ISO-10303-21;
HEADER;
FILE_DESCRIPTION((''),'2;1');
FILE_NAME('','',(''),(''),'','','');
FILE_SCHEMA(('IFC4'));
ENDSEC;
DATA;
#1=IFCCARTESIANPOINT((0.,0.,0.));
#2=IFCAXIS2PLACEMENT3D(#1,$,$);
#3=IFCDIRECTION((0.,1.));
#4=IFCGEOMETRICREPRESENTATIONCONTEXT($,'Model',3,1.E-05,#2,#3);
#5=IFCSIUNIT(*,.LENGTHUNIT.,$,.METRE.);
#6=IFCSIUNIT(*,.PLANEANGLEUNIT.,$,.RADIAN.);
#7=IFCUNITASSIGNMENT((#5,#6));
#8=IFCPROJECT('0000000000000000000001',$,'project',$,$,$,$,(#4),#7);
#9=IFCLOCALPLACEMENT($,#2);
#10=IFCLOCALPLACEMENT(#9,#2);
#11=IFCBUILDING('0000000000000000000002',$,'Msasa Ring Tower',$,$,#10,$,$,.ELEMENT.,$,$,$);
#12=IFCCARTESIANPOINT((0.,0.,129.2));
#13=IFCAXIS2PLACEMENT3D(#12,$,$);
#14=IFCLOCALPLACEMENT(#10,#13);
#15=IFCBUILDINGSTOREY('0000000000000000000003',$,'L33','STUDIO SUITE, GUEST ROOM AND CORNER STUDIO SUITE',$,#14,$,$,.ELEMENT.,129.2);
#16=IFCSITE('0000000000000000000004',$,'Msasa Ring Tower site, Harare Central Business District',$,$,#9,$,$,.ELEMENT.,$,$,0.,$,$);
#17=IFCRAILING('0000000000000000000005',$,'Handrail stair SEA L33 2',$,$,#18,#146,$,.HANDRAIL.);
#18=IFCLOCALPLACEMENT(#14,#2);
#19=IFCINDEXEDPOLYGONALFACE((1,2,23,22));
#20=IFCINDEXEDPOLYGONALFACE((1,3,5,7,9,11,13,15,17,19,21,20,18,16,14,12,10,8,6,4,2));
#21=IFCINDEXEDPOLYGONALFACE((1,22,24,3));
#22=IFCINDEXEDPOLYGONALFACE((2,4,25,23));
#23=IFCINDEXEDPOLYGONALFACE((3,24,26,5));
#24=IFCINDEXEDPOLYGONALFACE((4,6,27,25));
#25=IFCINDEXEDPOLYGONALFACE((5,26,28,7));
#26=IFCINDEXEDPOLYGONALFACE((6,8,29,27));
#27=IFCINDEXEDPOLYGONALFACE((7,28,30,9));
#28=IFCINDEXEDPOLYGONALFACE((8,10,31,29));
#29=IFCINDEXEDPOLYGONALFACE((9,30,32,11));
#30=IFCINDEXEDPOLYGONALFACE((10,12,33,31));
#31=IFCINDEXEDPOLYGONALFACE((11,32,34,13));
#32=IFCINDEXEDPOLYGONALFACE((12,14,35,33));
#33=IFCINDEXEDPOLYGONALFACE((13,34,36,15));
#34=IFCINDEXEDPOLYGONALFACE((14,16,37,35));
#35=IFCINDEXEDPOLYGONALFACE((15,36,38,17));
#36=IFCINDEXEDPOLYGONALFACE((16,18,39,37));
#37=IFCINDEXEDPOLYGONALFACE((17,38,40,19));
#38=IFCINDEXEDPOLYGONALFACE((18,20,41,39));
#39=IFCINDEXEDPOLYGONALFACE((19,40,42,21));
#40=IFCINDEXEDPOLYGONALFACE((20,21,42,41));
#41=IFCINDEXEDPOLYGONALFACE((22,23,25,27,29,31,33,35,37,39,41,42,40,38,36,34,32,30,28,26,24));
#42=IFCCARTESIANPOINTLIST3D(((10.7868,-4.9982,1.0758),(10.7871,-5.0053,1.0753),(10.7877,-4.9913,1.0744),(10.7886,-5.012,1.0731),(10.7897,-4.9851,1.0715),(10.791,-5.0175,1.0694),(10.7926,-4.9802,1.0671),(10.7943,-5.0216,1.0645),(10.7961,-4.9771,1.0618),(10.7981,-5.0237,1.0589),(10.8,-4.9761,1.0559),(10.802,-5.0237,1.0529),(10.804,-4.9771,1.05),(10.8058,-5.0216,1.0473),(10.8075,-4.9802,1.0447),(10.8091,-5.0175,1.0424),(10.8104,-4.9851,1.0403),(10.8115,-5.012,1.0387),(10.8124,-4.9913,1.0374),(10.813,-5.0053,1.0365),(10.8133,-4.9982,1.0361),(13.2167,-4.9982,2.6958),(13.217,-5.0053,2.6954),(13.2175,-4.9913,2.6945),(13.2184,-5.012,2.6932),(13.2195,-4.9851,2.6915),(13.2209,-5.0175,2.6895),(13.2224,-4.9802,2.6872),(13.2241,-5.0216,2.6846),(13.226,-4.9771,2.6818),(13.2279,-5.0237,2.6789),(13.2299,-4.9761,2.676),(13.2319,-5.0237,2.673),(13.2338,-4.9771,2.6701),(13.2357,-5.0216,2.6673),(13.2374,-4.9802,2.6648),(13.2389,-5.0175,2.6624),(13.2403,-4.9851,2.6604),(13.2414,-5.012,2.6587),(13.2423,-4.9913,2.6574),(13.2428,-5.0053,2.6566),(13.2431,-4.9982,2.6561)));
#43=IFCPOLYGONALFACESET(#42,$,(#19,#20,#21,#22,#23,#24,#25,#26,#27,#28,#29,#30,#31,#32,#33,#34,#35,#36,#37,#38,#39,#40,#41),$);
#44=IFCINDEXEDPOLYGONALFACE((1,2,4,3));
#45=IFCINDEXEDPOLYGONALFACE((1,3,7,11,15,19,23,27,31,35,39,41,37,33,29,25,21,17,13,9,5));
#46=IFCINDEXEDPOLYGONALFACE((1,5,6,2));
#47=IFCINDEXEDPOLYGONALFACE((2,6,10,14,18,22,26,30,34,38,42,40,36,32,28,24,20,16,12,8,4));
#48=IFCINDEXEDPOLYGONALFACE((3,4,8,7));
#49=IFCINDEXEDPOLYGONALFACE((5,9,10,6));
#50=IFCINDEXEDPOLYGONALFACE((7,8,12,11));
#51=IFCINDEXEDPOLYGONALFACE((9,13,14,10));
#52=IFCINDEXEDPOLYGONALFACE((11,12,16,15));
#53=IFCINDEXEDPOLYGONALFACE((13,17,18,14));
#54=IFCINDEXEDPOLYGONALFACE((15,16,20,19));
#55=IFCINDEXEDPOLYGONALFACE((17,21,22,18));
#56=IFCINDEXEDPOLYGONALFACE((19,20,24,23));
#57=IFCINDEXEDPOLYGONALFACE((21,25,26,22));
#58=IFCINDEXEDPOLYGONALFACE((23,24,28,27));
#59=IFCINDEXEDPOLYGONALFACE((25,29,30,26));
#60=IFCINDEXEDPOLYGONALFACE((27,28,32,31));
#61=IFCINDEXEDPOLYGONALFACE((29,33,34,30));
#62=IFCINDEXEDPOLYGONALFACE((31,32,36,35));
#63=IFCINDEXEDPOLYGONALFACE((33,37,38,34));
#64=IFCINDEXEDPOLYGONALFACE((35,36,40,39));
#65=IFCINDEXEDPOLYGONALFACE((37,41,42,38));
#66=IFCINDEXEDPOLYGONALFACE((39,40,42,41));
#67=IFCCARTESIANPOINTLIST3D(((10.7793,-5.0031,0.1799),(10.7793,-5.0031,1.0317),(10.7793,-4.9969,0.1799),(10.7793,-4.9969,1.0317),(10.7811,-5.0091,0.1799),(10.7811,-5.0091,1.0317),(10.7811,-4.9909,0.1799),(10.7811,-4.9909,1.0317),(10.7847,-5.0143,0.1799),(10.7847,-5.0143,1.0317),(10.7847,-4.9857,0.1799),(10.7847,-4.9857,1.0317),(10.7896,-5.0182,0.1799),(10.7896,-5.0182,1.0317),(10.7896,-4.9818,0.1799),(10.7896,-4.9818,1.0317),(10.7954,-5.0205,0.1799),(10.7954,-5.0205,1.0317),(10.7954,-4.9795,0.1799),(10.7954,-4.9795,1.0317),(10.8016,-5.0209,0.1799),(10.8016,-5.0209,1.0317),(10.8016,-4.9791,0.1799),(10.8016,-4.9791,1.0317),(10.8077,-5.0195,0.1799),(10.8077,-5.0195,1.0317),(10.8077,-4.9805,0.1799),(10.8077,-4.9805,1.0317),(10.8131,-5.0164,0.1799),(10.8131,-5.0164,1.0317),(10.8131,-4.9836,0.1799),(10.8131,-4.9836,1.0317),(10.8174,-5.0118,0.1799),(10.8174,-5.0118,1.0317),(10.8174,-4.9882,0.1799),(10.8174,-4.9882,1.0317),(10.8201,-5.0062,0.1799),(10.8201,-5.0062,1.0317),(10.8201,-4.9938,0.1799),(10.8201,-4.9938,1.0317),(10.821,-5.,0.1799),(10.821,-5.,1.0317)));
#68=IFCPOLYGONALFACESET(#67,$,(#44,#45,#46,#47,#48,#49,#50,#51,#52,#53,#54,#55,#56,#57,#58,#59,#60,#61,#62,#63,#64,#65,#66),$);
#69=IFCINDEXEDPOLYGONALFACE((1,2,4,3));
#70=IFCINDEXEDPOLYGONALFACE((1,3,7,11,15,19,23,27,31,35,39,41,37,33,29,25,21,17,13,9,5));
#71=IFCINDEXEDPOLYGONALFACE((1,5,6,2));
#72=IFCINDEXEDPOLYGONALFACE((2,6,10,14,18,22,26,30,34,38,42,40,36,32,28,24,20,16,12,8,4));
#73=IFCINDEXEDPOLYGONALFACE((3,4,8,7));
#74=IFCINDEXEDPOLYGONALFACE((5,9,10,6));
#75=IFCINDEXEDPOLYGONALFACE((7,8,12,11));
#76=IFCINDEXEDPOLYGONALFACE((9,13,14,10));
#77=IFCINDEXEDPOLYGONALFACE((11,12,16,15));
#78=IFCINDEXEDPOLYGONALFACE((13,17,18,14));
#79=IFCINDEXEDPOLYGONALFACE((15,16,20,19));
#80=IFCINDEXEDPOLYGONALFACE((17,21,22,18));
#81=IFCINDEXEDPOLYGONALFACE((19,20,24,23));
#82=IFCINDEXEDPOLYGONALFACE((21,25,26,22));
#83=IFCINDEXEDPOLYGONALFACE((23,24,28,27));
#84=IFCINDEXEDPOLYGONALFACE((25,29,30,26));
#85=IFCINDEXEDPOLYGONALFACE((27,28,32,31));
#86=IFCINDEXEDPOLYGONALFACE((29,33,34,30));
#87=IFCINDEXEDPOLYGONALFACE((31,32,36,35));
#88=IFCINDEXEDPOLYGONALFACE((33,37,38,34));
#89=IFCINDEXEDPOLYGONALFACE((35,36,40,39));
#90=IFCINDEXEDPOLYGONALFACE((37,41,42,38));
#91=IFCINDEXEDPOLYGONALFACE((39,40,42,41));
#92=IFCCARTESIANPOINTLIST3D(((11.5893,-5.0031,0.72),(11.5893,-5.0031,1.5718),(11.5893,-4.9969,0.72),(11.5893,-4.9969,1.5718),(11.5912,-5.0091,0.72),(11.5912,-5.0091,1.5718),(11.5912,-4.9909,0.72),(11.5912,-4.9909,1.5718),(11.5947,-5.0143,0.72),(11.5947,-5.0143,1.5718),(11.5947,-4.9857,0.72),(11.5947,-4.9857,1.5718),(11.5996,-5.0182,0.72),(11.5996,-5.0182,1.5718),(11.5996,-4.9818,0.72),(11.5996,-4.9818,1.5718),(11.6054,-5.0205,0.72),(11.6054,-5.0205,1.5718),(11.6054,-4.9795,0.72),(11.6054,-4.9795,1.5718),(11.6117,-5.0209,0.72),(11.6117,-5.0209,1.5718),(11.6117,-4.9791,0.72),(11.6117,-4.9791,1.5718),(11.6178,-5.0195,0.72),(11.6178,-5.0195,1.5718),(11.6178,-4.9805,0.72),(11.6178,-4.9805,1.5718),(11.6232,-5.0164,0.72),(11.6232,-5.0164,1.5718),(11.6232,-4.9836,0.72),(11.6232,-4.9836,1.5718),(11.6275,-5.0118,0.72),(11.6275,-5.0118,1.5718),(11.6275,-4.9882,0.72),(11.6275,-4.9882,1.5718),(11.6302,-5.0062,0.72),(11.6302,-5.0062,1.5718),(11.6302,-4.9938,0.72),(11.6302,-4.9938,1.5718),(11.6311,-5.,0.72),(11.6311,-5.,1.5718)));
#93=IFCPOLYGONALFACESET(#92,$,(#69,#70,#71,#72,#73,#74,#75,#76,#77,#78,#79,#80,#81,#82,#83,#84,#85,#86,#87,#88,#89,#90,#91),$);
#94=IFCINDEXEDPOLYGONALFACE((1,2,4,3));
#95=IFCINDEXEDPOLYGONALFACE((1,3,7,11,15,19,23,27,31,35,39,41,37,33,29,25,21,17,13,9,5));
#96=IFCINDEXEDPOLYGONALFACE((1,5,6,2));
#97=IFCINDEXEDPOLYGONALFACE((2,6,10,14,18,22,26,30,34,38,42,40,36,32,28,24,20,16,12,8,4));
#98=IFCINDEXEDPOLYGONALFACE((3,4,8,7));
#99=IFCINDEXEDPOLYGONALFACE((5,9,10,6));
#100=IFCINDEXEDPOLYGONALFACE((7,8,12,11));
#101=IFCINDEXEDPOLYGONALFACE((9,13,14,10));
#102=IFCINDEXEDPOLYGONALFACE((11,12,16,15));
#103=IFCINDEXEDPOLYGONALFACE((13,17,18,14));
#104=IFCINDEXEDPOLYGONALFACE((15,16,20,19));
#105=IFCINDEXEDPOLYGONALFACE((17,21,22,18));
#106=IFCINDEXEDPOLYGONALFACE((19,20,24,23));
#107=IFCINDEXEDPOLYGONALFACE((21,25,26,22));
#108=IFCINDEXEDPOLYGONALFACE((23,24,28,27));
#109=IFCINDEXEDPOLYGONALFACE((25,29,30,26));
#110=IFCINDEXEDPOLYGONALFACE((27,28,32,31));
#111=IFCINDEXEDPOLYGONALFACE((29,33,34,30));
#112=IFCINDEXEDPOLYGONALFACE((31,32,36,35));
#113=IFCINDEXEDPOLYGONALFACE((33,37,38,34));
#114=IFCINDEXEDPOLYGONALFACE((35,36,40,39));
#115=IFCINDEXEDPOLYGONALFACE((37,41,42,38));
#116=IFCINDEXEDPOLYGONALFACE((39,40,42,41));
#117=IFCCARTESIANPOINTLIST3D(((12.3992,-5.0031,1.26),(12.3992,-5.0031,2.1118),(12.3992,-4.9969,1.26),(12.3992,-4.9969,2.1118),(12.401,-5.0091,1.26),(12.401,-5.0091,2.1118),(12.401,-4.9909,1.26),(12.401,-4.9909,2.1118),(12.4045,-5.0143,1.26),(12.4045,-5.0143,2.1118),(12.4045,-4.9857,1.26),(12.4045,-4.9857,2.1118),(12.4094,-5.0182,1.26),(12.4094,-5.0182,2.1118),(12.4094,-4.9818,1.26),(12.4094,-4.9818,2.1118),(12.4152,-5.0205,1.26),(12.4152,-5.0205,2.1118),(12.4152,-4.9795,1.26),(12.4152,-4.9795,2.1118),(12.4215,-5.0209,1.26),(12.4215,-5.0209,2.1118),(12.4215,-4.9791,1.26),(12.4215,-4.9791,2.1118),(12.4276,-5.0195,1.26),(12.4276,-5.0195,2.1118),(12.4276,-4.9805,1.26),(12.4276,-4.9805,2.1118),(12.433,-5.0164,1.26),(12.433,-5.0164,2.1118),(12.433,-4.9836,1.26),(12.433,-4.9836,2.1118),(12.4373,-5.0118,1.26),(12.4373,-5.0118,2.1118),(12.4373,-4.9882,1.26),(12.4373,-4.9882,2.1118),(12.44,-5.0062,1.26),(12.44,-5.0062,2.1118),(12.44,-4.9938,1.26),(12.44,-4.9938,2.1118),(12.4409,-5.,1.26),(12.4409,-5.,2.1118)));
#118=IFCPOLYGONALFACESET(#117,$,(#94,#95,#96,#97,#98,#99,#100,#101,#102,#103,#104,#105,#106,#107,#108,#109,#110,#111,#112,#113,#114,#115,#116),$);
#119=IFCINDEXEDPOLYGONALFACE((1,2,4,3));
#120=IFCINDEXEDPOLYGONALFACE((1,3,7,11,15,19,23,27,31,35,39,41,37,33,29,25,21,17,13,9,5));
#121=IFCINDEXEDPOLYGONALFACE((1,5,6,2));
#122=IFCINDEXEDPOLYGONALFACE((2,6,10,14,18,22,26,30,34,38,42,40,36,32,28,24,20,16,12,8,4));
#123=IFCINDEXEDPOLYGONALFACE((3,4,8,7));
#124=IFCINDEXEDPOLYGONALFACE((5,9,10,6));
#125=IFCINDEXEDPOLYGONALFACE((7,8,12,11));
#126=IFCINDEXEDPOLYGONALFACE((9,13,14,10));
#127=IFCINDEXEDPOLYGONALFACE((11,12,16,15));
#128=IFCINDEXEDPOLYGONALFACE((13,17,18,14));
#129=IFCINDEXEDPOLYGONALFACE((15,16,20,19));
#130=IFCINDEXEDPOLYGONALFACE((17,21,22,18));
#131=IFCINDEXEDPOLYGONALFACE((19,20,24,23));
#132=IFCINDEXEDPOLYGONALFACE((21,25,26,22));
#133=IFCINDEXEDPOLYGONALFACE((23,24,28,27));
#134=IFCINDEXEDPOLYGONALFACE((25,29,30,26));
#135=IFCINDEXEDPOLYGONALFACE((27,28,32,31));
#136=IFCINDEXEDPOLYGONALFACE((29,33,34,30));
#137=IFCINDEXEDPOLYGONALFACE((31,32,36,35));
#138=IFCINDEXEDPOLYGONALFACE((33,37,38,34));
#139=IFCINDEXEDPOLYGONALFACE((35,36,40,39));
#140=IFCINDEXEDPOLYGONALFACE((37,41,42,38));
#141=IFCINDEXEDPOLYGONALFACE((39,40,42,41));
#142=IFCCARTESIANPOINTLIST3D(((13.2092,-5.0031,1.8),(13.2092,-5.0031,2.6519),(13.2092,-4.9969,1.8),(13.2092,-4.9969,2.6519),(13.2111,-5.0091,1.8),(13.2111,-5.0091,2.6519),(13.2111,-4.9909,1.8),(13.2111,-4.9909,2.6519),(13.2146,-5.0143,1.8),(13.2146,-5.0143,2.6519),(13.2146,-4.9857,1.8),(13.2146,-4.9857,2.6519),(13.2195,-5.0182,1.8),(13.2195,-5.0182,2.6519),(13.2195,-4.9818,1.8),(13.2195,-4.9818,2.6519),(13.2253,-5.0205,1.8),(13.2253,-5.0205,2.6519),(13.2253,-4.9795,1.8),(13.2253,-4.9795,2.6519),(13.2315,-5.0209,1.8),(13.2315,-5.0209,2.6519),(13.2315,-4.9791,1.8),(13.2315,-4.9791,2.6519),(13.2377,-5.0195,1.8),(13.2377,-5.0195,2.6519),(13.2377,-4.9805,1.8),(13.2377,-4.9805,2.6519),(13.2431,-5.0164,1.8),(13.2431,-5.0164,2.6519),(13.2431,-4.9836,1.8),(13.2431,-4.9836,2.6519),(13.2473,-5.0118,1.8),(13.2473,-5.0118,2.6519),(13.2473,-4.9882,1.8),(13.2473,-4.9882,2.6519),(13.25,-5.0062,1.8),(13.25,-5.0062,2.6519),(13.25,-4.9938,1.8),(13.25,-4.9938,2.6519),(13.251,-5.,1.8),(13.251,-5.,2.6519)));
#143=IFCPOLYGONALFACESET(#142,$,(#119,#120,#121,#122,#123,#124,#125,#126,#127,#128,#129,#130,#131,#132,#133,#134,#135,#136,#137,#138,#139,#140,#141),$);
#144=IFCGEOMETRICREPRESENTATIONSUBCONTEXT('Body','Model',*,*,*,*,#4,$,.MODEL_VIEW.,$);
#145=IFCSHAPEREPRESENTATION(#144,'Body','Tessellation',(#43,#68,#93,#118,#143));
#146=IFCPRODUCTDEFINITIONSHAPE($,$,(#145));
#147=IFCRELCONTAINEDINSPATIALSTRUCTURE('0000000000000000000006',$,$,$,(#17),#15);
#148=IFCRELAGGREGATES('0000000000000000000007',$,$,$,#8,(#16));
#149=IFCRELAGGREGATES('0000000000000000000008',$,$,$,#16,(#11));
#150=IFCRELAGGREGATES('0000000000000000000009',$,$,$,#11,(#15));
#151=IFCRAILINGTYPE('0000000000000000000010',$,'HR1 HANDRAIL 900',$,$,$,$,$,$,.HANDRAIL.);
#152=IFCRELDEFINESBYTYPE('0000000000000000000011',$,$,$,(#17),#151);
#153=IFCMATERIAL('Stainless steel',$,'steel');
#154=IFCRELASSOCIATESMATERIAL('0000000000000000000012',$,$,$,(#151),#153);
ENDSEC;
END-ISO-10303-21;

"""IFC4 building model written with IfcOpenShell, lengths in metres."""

from ifc_helpers import new_model, si_unit, direction, frame, origin, origin_2d, place, context, subcontext, project, spatial, circle, extrude, material, type_object, element, save


model = new_model("IFC4")

# Units and contexts
model_context = context("Model", 3, precision=1e-05, world=origin(), true_north=direction((0.0, 1.0)))
body_context = subcontext(model_context, "Body", "Model", "MODEL_VIEW")
ifc_project = project(units=[si_unit("LENGTHUNIT", "METRE"), si_unit("PLANEANGLEUNIT", "RADIAN")], contexts=[model_context])

# Site, building, storey
site_placement = place(None, origin())
site = spatial("IfcSite", under=ifc_project, at=site_placement, Name="Msasa Ring Tower site, Harare Central Business District", CompositionType="ELEMENT", RefElevation=0.0)
building_placement = place(site_placement, origin())
building = spatial("IfcBuilding", under=site, at=building_placement, Name="Msasa Ring Tower", CompositionType="ELEMENT")
storey_placement = place(building_placement, frame((0.0, 0.0, 129.2)))
storey = spatial("IfcBuildingStorey", under=building, at=storey_placement, Name="L33", Description="STUDIO SUITE, GUEST ROOM AND CORNER STUDIO SUITE", CompositionType="ELEMENT", Elevation=129.2)

# Railing
ifc_material_1 = material(Name="Stainless steel", Category="steel")
railing_type = type_object("IfcRailingType", Name="HR1 HANDRAIL 900", PredefinedType="HANDRAIL", material=ifc_material_1)
for number, where, name in (
    (1, (10.8, -5.0, 0.1799), "Handrail stair SEA L33 2"),
):
    element("IfcRailing", number, at=place(storey_placement, frame(where)), inside=storey, type_object=railing_type, Name=name, PredefinedType="HANDRAIL", context=body_context, shape_type="SweptSolid", body=[
        extrude(circle(Radius=0.0239, at=origin_2d()), frame((0.0, 0.0, 0.876), z_axis=(0.832025, 0.0, 0.554739), x_axis=(0.0, 1.0, 0.0)), (0.0, 0.0, 1.0), 2.9204),
        extrude(circle(Radius=0.021, at=origin_2d()), origin(), (0.0, 0.0, 1.0), 0.8518),
        extrude(circle(Radius=0.021, at=origin_2d()), frame((0.8101, 0.0, 0.54)), (0.0, 0.0, 1.0), 0.8518),
        extrude(circle(Radius=0.021, at=origin_2d()), frame((1.6199, 0.0, 1.0801)), (0.0, 0.0, 1.0), 0.8518),
        extrude(circle(Radius=0.021, at=origin_2d()), frame((2.4299, 0.0, 1.6201)), (0.0, 0.0, 1.0), 0.8518),
    ])

save(model, "model.ifc")
